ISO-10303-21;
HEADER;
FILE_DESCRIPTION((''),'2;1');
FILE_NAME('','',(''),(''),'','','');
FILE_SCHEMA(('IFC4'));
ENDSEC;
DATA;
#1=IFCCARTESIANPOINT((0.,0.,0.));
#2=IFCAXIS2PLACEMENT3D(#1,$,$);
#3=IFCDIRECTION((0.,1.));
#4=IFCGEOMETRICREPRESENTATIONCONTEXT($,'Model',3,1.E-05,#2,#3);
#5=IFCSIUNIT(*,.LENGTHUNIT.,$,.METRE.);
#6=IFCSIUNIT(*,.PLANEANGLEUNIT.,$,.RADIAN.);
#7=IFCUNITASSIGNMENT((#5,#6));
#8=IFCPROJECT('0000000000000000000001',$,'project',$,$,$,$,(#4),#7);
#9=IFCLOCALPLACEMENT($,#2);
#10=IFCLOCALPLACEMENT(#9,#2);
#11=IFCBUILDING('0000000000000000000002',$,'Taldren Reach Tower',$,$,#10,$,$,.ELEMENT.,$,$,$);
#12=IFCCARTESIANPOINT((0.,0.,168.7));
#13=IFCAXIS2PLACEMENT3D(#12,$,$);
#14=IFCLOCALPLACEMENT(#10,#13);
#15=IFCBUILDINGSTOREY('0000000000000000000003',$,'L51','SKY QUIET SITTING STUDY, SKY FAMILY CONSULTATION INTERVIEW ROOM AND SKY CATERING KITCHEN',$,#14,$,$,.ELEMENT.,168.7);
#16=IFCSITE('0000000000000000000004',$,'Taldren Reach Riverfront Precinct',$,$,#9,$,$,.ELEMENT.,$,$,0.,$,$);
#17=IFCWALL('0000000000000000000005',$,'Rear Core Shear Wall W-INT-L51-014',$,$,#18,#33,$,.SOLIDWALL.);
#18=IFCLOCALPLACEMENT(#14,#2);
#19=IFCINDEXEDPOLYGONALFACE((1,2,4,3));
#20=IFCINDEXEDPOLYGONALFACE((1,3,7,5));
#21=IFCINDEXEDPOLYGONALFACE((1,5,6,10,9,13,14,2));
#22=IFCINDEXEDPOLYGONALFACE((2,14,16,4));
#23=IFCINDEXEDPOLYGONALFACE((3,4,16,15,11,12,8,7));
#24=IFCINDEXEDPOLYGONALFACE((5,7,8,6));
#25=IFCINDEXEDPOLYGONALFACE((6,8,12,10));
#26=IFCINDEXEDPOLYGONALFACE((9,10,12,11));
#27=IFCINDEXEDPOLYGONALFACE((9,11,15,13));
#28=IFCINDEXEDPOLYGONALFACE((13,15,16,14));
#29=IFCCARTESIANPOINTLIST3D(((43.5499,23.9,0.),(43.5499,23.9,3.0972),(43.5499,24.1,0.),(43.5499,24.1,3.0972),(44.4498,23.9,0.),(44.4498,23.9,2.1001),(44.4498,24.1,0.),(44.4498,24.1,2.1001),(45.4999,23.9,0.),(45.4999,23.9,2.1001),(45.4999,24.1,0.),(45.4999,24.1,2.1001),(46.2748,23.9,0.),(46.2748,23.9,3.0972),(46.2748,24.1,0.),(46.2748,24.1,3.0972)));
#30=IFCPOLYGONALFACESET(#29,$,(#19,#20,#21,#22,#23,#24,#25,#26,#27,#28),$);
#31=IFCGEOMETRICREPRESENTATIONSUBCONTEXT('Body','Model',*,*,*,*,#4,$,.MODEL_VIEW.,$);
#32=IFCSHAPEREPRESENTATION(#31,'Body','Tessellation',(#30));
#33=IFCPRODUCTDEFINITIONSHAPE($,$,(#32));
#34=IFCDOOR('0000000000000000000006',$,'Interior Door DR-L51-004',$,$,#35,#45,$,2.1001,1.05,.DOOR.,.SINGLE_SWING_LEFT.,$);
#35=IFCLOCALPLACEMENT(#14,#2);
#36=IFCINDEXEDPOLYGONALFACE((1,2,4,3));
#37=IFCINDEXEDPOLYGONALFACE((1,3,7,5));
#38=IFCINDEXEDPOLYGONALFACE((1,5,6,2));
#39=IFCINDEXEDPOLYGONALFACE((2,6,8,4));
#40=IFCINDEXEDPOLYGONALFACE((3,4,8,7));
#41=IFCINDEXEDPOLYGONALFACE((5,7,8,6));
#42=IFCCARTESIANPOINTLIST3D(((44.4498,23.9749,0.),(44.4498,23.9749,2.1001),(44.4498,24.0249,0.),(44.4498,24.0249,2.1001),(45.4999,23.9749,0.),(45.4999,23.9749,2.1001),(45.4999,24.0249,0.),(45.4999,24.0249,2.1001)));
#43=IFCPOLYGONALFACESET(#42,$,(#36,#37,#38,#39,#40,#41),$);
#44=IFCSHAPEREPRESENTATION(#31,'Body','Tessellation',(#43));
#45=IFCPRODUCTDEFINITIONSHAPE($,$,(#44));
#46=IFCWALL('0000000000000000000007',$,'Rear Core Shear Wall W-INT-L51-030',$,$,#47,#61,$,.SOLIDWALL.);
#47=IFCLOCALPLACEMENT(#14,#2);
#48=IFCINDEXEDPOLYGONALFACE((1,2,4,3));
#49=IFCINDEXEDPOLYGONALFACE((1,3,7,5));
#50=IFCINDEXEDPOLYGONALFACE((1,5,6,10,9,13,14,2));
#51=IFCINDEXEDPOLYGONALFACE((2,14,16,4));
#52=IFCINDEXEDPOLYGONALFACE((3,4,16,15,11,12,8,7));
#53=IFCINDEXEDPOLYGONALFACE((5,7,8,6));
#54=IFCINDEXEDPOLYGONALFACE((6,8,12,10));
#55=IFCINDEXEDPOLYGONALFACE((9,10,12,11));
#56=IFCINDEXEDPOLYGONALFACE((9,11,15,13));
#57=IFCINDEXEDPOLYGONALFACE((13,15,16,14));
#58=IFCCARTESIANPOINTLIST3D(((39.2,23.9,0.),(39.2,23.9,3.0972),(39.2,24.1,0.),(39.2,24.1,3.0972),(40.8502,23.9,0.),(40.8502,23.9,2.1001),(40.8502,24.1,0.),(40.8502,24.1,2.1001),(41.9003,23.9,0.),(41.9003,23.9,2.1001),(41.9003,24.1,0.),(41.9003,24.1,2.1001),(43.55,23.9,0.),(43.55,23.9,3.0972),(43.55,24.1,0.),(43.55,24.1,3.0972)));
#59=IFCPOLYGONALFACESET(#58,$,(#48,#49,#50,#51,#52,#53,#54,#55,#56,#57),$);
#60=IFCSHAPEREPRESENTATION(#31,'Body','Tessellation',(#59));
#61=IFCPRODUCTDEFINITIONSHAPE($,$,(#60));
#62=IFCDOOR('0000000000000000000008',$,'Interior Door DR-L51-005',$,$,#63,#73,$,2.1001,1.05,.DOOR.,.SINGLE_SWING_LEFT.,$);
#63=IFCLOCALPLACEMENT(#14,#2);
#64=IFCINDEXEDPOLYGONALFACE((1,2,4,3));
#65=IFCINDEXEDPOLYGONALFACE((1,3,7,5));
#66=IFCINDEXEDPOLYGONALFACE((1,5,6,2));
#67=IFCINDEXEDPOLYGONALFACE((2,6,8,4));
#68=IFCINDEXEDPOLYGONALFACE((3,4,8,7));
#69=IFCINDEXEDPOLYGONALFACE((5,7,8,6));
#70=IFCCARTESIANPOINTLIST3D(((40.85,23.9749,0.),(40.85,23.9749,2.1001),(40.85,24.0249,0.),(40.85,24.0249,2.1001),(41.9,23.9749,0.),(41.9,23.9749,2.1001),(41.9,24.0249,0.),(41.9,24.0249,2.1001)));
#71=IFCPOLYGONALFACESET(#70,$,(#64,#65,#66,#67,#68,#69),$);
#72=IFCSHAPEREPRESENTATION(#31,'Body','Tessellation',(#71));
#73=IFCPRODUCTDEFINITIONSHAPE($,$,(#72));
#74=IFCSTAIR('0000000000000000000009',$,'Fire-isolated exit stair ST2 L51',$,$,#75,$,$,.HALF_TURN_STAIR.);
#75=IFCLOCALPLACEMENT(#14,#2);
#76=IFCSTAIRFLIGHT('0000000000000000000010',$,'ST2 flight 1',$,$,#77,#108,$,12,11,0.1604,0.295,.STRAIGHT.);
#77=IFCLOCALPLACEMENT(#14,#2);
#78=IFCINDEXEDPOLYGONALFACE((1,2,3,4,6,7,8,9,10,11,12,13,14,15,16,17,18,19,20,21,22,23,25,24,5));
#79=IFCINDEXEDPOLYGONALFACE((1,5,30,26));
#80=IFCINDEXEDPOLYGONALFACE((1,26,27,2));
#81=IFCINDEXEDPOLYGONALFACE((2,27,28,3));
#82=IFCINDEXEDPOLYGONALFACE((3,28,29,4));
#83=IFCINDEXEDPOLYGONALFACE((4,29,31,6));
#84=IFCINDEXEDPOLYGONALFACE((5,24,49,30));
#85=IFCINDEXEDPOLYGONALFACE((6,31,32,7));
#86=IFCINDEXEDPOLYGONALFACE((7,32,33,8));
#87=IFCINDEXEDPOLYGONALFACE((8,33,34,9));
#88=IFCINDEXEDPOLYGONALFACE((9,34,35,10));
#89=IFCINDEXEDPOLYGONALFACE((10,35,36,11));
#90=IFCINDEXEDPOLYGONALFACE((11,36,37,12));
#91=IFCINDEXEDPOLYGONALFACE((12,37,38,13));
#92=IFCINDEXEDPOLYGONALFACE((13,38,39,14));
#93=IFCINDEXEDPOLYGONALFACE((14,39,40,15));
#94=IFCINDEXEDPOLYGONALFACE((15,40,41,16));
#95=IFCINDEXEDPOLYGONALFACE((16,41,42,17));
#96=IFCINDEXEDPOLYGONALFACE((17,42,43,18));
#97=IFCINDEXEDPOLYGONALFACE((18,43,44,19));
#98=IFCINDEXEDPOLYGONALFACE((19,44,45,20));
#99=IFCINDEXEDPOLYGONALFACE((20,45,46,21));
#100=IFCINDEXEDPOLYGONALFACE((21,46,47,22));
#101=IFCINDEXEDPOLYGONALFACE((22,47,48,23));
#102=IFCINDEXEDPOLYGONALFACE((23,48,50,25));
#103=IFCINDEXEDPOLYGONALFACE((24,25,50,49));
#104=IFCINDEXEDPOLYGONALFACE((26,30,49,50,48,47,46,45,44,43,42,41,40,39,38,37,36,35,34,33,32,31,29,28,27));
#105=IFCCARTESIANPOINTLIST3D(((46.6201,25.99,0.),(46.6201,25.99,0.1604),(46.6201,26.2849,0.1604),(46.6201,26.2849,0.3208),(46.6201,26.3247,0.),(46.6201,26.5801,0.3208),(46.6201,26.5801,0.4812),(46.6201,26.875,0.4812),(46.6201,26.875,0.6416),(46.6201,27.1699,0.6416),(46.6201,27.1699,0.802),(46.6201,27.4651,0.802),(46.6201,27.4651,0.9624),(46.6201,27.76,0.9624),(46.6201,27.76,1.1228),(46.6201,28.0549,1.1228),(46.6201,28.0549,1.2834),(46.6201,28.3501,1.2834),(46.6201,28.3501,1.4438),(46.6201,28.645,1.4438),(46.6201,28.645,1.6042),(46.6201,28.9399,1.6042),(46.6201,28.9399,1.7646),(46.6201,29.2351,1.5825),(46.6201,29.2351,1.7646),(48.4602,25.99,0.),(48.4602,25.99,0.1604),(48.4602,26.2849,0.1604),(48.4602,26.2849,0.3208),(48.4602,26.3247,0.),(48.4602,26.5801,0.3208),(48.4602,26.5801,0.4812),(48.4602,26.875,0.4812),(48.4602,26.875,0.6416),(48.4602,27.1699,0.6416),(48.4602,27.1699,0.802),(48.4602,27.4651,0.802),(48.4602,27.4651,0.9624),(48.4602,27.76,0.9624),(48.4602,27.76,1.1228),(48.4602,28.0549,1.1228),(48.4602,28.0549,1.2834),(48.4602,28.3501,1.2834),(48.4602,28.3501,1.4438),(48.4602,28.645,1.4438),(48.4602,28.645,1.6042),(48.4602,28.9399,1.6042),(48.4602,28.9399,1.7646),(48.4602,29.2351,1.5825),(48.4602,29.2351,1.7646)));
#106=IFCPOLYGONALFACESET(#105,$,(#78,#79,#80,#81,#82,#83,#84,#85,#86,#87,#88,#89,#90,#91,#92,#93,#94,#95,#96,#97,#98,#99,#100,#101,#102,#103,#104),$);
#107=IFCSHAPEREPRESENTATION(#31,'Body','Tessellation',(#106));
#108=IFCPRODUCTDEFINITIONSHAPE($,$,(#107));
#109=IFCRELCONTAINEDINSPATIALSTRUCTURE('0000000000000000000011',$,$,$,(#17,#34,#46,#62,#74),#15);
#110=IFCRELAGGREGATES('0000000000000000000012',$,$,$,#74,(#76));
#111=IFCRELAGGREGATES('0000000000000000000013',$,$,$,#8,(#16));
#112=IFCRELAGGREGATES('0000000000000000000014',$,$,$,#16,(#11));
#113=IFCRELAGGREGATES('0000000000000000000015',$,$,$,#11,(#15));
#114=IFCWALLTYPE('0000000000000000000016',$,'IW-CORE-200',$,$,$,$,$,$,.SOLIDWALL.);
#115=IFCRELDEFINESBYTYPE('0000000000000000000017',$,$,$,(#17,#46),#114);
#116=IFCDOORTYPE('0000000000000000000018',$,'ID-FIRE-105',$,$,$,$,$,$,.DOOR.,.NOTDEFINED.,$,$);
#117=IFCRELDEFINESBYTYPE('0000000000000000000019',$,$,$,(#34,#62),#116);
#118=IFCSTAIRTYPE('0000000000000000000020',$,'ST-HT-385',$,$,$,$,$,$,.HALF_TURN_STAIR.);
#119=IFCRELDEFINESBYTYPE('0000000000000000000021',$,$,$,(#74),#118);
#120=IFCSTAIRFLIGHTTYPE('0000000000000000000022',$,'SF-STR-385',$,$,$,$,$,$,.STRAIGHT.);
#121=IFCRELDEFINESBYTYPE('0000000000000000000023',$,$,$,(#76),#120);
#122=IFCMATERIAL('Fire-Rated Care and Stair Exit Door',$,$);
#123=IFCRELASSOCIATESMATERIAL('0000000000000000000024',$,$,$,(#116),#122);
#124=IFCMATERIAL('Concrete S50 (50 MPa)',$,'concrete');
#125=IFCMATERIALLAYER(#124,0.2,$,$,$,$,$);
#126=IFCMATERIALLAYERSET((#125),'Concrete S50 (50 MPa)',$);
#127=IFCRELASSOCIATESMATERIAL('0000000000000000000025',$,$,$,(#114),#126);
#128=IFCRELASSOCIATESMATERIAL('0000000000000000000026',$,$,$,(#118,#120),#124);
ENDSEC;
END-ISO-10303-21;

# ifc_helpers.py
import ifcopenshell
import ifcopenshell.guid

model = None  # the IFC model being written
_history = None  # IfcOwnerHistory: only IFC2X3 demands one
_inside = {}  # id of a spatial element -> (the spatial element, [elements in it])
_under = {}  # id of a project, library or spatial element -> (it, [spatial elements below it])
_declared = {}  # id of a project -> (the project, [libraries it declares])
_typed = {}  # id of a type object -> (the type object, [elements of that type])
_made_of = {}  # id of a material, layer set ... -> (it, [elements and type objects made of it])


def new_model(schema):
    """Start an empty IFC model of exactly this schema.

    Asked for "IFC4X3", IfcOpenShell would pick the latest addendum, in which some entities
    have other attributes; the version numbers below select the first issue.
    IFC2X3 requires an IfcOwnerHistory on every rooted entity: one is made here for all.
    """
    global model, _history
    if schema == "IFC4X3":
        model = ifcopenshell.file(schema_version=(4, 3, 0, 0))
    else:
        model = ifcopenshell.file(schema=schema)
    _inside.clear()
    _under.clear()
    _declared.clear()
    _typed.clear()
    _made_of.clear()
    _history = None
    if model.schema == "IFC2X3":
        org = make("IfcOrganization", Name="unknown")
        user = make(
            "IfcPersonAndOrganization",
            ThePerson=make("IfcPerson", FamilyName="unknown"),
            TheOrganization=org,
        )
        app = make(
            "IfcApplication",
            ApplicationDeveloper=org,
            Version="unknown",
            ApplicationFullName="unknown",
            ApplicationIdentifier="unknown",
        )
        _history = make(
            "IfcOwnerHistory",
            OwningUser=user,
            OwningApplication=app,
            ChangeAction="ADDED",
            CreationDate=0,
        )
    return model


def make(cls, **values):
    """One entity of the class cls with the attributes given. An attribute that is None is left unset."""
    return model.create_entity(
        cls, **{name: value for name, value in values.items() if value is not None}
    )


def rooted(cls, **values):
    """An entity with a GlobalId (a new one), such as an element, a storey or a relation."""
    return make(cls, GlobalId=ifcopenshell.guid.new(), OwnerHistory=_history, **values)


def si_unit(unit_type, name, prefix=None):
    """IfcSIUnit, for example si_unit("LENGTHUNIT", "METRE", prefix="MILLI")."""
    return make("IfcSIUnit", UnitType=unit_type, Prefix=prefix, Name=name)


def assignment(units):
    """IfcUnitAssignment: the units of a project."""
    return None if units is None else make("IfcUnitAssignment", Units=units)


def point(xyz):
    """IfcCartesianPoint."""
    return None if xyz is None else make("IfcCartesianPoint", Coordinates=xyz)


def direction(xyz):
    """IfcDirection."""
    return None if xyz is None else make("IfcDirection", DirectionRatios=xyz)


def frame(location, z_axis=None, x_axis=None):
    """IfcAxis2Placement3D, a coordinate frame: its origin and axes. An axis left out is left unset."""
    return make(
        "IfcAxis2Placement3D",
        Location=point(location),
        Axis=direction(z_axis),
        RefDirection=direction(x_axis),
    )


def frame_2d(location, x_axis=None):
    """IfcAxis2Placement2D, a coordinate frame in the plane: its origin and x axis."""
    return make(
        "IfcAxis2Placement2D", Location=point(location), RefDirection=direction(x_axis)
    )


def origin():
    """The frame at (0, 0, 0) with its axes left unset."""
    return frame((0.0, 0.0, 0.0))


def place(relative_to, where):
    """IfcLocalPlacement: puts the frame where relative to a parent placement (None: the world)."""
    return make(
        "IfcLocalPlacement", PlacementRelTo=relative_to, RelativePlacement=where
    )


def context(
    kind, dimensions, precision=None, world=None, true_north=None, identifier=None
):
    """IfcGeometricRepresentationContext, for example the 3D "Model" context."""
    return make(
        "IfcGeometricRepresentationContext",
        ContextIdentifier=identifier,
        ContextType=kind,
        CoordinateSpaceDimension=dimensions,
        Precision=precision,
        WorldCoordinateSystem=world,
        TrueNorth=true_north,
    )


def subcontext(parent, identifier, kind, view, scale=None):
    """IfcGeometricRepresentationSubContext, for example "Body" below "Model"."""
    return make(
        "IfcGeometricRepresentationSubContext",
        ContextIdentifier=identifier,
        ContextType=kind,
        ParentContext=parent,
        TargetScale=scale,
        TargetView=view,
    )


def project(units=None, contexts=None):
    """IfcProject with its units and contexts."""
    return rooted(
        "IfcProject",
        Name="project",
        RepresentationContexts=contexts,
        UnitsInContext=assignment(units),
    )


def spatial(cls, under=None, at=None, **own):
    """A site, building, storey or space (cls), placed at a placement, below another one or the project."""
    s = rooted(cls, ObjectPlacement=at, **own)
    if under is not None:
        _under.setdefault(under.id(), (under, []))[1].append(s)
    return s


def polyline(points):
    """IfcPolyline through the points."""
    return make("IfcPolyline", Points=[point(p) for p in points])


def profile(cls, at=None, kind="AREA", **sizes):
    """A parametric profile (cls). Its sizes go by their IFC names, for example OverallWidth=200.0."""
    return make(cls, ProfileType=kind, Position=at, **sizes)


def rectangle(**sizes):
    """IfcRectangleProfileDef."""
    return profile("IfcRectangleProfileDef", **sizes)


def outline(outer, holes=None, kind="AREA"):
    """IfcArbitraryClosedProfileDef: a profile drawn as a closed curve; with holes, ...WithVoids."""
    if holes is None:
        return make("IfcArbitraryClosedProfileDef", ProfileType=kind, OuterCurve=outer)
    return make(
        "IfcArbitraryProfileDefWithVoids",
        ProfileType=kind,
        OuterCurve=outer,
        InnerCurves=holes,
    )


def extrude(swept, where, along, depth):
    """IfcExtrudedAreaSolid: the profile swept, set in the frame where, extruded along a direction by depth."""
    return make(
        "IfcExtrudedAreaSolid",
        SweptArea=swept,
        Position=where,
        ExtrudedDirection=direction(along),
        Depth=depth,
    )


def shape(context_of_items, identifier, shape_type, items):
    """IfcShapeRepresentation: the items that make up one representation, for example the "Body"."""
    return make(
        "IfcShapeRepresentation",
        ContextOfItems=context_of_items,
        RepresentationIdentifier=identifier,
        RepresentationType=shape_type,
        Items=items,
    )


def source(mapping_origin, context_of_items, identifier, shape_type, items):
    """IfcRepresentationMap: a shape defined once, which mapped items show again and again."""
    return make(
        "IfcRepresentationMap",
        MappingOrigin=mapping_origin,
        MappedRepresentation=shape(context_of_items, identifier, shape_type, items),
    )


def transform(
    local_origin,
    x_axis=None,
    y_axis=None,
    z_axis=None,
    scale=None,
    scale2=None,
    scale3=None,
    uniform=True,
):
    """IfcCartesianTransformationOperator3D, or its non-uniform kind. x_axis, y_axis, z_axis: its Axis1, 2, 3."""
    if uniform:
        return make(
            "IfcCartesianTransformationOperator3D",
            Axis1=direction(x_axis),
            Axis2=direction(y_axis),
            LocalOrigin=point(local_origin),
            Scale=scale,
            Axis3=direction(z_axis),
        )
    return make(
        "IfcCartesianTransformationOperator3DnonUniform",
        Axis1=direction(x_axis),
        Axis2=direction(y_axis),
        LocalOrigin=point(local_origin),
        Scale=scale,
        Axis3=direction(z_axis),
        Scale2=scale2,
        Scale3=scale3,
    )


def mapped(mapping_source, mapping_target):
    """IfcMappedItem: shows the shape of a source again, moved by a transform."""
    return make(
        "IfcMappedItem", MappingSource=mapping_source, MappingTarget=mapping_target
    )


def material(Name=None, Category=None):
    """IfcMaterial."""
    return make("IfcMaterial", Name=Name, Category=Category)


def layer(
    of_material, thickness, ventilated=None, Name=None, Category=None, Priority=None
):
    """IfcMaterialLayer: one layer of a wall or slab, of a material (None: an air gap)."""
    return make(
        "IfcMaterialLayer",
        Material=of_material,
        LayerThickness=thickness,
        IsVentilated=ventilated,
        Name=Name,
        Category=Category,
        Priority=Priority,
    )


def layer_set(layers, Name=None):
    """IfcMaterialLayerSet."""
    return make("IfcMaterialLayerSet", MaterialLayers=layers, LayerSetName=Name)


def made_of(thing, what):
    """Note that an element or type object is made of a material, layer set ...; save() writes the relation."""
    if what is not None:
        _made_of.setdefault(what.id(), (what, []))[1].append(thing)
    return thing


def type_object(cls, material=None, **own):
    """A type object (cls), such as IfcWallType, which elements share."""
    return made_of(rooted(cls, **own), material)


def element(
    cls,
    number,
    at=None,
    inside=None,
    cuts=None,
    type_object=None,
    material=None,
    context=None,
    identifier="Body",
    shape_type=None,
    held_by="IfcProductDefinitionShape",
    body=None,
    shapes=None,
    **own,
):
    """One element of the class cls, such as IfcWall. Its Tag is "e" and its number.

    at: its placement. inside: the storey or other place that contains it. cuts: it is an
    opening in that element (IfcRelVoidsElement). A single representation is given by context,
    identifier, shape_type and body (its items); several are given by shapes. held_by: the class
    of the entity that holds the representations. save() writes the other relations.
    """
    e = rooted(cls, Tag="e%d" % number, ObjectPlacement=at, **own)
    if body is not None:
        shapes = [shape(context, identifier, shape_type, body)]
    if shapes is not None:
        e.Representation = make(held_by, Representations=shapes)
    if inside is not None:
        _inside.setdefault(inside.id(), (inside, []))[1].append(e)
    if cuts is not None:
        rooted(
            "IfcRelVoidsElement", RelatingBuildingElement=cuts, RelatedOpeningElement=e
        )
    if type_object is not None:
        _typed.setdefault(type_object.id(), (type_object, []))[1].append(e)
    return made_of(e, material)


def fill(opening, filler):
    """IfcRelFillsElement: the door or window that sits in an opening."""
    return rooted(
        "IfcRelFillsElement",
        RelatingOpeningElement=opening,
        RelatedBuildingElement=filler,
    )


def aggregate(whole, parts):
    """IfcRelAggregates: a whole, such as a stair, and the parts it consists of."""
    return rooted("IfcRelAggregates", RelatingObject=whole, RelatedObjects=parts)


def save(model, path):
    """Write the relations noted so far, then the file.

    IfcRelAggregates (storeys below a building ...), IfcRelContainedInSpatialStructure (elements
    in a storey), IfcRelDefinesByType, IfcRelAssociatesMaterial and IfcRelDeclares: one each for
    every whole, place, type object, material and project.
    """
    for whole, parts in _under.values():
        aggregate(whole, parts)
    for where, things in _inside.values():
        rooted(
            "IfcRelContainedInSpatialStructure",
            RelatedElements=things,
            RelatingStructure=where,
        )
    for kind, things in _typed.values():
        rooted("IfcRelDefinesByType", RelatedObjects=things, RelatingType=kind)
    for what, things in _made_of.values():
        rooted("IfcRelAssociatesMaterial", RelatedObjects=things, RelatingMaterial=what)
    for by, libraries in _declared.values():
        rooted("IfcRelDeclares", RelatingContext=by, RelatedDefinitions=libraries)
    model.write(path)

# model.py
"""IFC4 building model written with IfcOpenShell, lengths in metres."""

from ifc_helpers import new_model, si_unit, direction, frame, frame_2d, origin, place, context, subcontext, project, spatial, polyline, rectangle, outline, extrude, source, transform, mapped, material, layer, layer_set, type_object, element, fill, aggregate, save


model = new_model("IFC4")

# Units and contexts
model_context = context("Model", 3, precision=1e-05, world=origin(), true_north=direction((0.0, 1.0)))
body_context = subcontext(model_context, "Body", "Model", "MODEL_VIEW")
ifc_project = project(units=[si_unit("LENGTHUNIT", "METRE"), si_unit("PLANEANGLEUNIT", "RADIAN")], contexts=[model_context])

# Site, building, storey
site_placement = place(None, origin())
site = spatial("IfcSite", under=ifc_project, at=site_placement, Name="Taldren Reach Riverfront Precinct", CompositionType="ELEMENT", RefElevation=0.0)
building_placement = place(site_placement, origin())
building = spatial("IfcBuilding", under=site, at=building_placement, Name="Taldren Reach Tower", CompositionType="ELEMENT")
storey_placement = place(building_placement, frame((0.0, 0.0, 168.7)))
storey = spatial("IfcBuildingStorey", under=building, at=storey_placement, Name="L51", Description="SKY QUIET SITTING STUDY, SKY FAMILY CONSULTATION INTERVIEW ROOM AND SKY CATERING KITCHEN", CompositionType="ELEMENT", Elevation=168.7)

# Shared definitions
ifc_material_1 = material(Name="Fire-Rated Care and Stair Exit Door")
door_type_1 = type_object("IfcDoorType", Name="ID-FIRE-105", OperationType="NOTDEFINED", PredefinedType="DOOR", material=ifc_material_1)
shared_shape_1 = source(origin(), body_context, "Body", "SweptSolid", [
    extrude(rectangle(XDim=1.05, YDim=2.1001, at=frame_2d((0.5249, 1.05))), frame((0.0, 0.0249, 0.0), z_axis=(0.0, -1.0, 0.0), x_axis=(1.0, 0.0, 0.0)), (0.0, 0.0, 1.0), 0.05),
])

# Shared definitions
ifc_material_2 = material(Name="Concrete S50 (50 MPa)", Category="concrete")
ifc_layer_1 = layer(ifc_material_2, 0.2)
ifc_layer_set_1 = layer_set([ifc_layer_1], Name="Concrete S50 (50 MPa)")
wall_type_1 = type_object("IfcWallType", Name="IW-CORE-200", PredefinedType="SOLIDWALL", material=ifc_layer_set_1)

# Walls, openings, doors
shared_shape_2 = source(origin(), body_context, "Body", "SweptSolid", [
    extrude(rectangle(XDim=2.7249, YDim=0.2, at=frame_2d((1.3623, 0.0))), origin(), (0.0, 0.0, 1.0), 3.0972),
])
wall_1_placement = place(storey_placement, frame((43.55, 24.0, 0.0), z_axis=(0.0, 0.0, 1.0), x_axis=(1.0, 0.0, 0.0)))
wall_1 = element("IfcWall", 1, at=wall_1_placement, inside=storey, type_object=wall_type_1, Name="Rear Core Shear Wall W-INT-L51-014", PredefinedType="SOLIDWALL", context=body_context, shape_type="MappedRepresentation", body=[
    mapped(shared_shape_2, transform((0.0, 0.0, 0.0), scale=1.0)),
])
shared_shape_3 = source(origin(), body_context, "Body", "SweptSolid", [
    extrude(rectangle(XDim=1.05, YDim=2.1001, at=frame_2d((0.5249, 1.05))), frame((0.0, 0.1099, 0.0), z_axis=(0.0, -1.0, 0.0), x_axis=(1.0, 0.0, 0.0)), (0.0, 0.0, 1.0), 0.22),
])
opening_1_placement = place(wall_1_placement, frame((0.8999, 0.0, 0.0)))
opening_1 = element("IfcOpeningElement", 2, at=opening_1_placement, cuts=wall_1, PredefinedType="OPENING", context=body_context, shape_type="MappedRepresentation", body=[
    mapped(shared_shape_3, transform((0.0, 0.0, 0.0), scale=1.0)),
])
door_1_placement = place(opening_1_placement, origin())
door_1 = element("IfcDoor", 3, at=door_1_placement, inside=storey, type_object=door_type_1, Name="Interior Door DR-L51-004", OperationType="SINGLE_SWING_LEFT", OverallHeight=2.1001, OverallWidth=1.05, PredefinedType="DOOR", context=body_context, shape_type="MappedRepresentation", body=[
    mapped(shared_shape_1, transform((0.0, 0.0, 0.0), scale=1.0)),
])
fill(opening_1, door_1)
shared_shape_4 = source(origin(), body_context, "Body", "SweptSolid", [
    extrude(rectangle(XDim=4.3501, YDim=0.2, at=frame_2d((2.175, 0.0))), origin(), (0.0, 0.0, 1.0), 3.0972),
])
wall_2_placement = place(storey_placement, frame((43.55, 24.0, 0.0), z_axis=(0.0, 0.0, 1.0), x_axis=(-1.0, 0.0, 0.0)))
wall_2 = element("IfcWall", 4, at=wall_2_placement, inside=storey, type_object=wall_type_1, Name="Rear Core Shear Wall W-INT-L51-030", PredefinedType="SOLIDWALL", context=body_context, shape_type="MappedRepresentation", body=[
    mapped(shared_shape_4, transform((0.0, 0.0, 0.0), scale=1.0)),
])
opening_2_placement = place(wall_2_placement, frame((1.6499, 0.0, 0.0)))
opening_2 = element("IfcOpeningElement", 5, at=opening_2_placement, cuts=wall_2, PredefinedType="OPENING", context=body_context, shape_type="MappedRepresentation", body=[
    mapped(shared_shape_3, transform((0.0, 0.0, 0.0), scale=1.0)),
])
door_2_placement = place(opening_2_placement, frame((1.05, 0.0, 0.0), z_axis=(0.0, 0.0, 1.0), x_axis=(-1.0, 0.0, 0.0)))
door_2 = element("IfcDoor", 6, at=door_2_placement, inside=storey, type_object=door_type_1, Name="Interior Door DR-L51-005", OperationType="SINGLE_SWING_LEFT", OverallHeight=2.1001, OverallWidth=1.05, PredefinedType="DOOR", context=body_context, shape_type="MappedRepresentation", body=[
    mapped(shared_shape_1, transform((0.0, 0.0, 0.0), scale=1.0)),
])
fill(opening_2, door_2)

# Stair, stair flight
stair_type = type_object("IfcStairType", Name="ST-HT-385", PredefinedType="HALF_TURN_STAIR", material=ifc_material_2)
stair_placement = place(storey_placement, origin())
stair = element("IfcStair", 7, at=stair_placement, inside=storey, type_object=stair_type, Name="Fire-isolated exit stair ST2 L51", PredefinedType="HALF_TURN_STAIR")
stair_flight_type = type_object("IfcStairFlightType", Name="SF-STR-385", PredefinedType="STRAIGHT", material=ifc_material_2)
stair_flight_placement = place(storey_placement, frame((47.54, 25.99, 0.0), z_axis=(0.0, 0.0, 1.0), x_axis=(0.0, 1.0, 0.0)))
stair_flight = element("IfcStairFlight", 8, at=stair_flight_placement, type_object=stair_flight_type, Name="ST2 flight 1", NumberOfRisers=12, NumberOfTreads=11, PredefinedType="STRAIGHT", RiserHeight=0.1604, TreadLength=0.295, context=body_context, shape_type="SweptSolid", body=[
    extrude(outline(polyline([(0.0, 0.0), (0.0, 0.1604), (0.2949, 0.1604), (0.2949, 0.3208), (0.5901, 0.3208), (0.5901, 0.4812), (0.885, 0.4812), (0.885, 0.6416), (1.1799, 0.6416), (1.1799, 0.802), (1.4751, 0.802), (1.4751, 0.9624), (1.77, 0.9624), (1.77, 1.1228), (2.0649, 1.1228), (2.0649, 1.2834), (2.3601, 1.2834), (2.3601, 1.4438), (2.655, 1.4438), (2.655, 1.6042), (2.95, 1.6042), (2.95, 1.7646), (3.2451, 1.7646), (3.2451, 1.925), (3.2451, 1.5825), (0.3347, 0.0), (0.0, 0.0)])), frame((0.0, 0.9199, 0.0), z_axis=(0.0, -1.0, 0.0), x_axis=(1.0, 0.0, 0.0)), (0.0, 0.0, 1.0), 1.8401),
])
aggregate(stair, [stair_flight])

save(model, "model.ifc")
